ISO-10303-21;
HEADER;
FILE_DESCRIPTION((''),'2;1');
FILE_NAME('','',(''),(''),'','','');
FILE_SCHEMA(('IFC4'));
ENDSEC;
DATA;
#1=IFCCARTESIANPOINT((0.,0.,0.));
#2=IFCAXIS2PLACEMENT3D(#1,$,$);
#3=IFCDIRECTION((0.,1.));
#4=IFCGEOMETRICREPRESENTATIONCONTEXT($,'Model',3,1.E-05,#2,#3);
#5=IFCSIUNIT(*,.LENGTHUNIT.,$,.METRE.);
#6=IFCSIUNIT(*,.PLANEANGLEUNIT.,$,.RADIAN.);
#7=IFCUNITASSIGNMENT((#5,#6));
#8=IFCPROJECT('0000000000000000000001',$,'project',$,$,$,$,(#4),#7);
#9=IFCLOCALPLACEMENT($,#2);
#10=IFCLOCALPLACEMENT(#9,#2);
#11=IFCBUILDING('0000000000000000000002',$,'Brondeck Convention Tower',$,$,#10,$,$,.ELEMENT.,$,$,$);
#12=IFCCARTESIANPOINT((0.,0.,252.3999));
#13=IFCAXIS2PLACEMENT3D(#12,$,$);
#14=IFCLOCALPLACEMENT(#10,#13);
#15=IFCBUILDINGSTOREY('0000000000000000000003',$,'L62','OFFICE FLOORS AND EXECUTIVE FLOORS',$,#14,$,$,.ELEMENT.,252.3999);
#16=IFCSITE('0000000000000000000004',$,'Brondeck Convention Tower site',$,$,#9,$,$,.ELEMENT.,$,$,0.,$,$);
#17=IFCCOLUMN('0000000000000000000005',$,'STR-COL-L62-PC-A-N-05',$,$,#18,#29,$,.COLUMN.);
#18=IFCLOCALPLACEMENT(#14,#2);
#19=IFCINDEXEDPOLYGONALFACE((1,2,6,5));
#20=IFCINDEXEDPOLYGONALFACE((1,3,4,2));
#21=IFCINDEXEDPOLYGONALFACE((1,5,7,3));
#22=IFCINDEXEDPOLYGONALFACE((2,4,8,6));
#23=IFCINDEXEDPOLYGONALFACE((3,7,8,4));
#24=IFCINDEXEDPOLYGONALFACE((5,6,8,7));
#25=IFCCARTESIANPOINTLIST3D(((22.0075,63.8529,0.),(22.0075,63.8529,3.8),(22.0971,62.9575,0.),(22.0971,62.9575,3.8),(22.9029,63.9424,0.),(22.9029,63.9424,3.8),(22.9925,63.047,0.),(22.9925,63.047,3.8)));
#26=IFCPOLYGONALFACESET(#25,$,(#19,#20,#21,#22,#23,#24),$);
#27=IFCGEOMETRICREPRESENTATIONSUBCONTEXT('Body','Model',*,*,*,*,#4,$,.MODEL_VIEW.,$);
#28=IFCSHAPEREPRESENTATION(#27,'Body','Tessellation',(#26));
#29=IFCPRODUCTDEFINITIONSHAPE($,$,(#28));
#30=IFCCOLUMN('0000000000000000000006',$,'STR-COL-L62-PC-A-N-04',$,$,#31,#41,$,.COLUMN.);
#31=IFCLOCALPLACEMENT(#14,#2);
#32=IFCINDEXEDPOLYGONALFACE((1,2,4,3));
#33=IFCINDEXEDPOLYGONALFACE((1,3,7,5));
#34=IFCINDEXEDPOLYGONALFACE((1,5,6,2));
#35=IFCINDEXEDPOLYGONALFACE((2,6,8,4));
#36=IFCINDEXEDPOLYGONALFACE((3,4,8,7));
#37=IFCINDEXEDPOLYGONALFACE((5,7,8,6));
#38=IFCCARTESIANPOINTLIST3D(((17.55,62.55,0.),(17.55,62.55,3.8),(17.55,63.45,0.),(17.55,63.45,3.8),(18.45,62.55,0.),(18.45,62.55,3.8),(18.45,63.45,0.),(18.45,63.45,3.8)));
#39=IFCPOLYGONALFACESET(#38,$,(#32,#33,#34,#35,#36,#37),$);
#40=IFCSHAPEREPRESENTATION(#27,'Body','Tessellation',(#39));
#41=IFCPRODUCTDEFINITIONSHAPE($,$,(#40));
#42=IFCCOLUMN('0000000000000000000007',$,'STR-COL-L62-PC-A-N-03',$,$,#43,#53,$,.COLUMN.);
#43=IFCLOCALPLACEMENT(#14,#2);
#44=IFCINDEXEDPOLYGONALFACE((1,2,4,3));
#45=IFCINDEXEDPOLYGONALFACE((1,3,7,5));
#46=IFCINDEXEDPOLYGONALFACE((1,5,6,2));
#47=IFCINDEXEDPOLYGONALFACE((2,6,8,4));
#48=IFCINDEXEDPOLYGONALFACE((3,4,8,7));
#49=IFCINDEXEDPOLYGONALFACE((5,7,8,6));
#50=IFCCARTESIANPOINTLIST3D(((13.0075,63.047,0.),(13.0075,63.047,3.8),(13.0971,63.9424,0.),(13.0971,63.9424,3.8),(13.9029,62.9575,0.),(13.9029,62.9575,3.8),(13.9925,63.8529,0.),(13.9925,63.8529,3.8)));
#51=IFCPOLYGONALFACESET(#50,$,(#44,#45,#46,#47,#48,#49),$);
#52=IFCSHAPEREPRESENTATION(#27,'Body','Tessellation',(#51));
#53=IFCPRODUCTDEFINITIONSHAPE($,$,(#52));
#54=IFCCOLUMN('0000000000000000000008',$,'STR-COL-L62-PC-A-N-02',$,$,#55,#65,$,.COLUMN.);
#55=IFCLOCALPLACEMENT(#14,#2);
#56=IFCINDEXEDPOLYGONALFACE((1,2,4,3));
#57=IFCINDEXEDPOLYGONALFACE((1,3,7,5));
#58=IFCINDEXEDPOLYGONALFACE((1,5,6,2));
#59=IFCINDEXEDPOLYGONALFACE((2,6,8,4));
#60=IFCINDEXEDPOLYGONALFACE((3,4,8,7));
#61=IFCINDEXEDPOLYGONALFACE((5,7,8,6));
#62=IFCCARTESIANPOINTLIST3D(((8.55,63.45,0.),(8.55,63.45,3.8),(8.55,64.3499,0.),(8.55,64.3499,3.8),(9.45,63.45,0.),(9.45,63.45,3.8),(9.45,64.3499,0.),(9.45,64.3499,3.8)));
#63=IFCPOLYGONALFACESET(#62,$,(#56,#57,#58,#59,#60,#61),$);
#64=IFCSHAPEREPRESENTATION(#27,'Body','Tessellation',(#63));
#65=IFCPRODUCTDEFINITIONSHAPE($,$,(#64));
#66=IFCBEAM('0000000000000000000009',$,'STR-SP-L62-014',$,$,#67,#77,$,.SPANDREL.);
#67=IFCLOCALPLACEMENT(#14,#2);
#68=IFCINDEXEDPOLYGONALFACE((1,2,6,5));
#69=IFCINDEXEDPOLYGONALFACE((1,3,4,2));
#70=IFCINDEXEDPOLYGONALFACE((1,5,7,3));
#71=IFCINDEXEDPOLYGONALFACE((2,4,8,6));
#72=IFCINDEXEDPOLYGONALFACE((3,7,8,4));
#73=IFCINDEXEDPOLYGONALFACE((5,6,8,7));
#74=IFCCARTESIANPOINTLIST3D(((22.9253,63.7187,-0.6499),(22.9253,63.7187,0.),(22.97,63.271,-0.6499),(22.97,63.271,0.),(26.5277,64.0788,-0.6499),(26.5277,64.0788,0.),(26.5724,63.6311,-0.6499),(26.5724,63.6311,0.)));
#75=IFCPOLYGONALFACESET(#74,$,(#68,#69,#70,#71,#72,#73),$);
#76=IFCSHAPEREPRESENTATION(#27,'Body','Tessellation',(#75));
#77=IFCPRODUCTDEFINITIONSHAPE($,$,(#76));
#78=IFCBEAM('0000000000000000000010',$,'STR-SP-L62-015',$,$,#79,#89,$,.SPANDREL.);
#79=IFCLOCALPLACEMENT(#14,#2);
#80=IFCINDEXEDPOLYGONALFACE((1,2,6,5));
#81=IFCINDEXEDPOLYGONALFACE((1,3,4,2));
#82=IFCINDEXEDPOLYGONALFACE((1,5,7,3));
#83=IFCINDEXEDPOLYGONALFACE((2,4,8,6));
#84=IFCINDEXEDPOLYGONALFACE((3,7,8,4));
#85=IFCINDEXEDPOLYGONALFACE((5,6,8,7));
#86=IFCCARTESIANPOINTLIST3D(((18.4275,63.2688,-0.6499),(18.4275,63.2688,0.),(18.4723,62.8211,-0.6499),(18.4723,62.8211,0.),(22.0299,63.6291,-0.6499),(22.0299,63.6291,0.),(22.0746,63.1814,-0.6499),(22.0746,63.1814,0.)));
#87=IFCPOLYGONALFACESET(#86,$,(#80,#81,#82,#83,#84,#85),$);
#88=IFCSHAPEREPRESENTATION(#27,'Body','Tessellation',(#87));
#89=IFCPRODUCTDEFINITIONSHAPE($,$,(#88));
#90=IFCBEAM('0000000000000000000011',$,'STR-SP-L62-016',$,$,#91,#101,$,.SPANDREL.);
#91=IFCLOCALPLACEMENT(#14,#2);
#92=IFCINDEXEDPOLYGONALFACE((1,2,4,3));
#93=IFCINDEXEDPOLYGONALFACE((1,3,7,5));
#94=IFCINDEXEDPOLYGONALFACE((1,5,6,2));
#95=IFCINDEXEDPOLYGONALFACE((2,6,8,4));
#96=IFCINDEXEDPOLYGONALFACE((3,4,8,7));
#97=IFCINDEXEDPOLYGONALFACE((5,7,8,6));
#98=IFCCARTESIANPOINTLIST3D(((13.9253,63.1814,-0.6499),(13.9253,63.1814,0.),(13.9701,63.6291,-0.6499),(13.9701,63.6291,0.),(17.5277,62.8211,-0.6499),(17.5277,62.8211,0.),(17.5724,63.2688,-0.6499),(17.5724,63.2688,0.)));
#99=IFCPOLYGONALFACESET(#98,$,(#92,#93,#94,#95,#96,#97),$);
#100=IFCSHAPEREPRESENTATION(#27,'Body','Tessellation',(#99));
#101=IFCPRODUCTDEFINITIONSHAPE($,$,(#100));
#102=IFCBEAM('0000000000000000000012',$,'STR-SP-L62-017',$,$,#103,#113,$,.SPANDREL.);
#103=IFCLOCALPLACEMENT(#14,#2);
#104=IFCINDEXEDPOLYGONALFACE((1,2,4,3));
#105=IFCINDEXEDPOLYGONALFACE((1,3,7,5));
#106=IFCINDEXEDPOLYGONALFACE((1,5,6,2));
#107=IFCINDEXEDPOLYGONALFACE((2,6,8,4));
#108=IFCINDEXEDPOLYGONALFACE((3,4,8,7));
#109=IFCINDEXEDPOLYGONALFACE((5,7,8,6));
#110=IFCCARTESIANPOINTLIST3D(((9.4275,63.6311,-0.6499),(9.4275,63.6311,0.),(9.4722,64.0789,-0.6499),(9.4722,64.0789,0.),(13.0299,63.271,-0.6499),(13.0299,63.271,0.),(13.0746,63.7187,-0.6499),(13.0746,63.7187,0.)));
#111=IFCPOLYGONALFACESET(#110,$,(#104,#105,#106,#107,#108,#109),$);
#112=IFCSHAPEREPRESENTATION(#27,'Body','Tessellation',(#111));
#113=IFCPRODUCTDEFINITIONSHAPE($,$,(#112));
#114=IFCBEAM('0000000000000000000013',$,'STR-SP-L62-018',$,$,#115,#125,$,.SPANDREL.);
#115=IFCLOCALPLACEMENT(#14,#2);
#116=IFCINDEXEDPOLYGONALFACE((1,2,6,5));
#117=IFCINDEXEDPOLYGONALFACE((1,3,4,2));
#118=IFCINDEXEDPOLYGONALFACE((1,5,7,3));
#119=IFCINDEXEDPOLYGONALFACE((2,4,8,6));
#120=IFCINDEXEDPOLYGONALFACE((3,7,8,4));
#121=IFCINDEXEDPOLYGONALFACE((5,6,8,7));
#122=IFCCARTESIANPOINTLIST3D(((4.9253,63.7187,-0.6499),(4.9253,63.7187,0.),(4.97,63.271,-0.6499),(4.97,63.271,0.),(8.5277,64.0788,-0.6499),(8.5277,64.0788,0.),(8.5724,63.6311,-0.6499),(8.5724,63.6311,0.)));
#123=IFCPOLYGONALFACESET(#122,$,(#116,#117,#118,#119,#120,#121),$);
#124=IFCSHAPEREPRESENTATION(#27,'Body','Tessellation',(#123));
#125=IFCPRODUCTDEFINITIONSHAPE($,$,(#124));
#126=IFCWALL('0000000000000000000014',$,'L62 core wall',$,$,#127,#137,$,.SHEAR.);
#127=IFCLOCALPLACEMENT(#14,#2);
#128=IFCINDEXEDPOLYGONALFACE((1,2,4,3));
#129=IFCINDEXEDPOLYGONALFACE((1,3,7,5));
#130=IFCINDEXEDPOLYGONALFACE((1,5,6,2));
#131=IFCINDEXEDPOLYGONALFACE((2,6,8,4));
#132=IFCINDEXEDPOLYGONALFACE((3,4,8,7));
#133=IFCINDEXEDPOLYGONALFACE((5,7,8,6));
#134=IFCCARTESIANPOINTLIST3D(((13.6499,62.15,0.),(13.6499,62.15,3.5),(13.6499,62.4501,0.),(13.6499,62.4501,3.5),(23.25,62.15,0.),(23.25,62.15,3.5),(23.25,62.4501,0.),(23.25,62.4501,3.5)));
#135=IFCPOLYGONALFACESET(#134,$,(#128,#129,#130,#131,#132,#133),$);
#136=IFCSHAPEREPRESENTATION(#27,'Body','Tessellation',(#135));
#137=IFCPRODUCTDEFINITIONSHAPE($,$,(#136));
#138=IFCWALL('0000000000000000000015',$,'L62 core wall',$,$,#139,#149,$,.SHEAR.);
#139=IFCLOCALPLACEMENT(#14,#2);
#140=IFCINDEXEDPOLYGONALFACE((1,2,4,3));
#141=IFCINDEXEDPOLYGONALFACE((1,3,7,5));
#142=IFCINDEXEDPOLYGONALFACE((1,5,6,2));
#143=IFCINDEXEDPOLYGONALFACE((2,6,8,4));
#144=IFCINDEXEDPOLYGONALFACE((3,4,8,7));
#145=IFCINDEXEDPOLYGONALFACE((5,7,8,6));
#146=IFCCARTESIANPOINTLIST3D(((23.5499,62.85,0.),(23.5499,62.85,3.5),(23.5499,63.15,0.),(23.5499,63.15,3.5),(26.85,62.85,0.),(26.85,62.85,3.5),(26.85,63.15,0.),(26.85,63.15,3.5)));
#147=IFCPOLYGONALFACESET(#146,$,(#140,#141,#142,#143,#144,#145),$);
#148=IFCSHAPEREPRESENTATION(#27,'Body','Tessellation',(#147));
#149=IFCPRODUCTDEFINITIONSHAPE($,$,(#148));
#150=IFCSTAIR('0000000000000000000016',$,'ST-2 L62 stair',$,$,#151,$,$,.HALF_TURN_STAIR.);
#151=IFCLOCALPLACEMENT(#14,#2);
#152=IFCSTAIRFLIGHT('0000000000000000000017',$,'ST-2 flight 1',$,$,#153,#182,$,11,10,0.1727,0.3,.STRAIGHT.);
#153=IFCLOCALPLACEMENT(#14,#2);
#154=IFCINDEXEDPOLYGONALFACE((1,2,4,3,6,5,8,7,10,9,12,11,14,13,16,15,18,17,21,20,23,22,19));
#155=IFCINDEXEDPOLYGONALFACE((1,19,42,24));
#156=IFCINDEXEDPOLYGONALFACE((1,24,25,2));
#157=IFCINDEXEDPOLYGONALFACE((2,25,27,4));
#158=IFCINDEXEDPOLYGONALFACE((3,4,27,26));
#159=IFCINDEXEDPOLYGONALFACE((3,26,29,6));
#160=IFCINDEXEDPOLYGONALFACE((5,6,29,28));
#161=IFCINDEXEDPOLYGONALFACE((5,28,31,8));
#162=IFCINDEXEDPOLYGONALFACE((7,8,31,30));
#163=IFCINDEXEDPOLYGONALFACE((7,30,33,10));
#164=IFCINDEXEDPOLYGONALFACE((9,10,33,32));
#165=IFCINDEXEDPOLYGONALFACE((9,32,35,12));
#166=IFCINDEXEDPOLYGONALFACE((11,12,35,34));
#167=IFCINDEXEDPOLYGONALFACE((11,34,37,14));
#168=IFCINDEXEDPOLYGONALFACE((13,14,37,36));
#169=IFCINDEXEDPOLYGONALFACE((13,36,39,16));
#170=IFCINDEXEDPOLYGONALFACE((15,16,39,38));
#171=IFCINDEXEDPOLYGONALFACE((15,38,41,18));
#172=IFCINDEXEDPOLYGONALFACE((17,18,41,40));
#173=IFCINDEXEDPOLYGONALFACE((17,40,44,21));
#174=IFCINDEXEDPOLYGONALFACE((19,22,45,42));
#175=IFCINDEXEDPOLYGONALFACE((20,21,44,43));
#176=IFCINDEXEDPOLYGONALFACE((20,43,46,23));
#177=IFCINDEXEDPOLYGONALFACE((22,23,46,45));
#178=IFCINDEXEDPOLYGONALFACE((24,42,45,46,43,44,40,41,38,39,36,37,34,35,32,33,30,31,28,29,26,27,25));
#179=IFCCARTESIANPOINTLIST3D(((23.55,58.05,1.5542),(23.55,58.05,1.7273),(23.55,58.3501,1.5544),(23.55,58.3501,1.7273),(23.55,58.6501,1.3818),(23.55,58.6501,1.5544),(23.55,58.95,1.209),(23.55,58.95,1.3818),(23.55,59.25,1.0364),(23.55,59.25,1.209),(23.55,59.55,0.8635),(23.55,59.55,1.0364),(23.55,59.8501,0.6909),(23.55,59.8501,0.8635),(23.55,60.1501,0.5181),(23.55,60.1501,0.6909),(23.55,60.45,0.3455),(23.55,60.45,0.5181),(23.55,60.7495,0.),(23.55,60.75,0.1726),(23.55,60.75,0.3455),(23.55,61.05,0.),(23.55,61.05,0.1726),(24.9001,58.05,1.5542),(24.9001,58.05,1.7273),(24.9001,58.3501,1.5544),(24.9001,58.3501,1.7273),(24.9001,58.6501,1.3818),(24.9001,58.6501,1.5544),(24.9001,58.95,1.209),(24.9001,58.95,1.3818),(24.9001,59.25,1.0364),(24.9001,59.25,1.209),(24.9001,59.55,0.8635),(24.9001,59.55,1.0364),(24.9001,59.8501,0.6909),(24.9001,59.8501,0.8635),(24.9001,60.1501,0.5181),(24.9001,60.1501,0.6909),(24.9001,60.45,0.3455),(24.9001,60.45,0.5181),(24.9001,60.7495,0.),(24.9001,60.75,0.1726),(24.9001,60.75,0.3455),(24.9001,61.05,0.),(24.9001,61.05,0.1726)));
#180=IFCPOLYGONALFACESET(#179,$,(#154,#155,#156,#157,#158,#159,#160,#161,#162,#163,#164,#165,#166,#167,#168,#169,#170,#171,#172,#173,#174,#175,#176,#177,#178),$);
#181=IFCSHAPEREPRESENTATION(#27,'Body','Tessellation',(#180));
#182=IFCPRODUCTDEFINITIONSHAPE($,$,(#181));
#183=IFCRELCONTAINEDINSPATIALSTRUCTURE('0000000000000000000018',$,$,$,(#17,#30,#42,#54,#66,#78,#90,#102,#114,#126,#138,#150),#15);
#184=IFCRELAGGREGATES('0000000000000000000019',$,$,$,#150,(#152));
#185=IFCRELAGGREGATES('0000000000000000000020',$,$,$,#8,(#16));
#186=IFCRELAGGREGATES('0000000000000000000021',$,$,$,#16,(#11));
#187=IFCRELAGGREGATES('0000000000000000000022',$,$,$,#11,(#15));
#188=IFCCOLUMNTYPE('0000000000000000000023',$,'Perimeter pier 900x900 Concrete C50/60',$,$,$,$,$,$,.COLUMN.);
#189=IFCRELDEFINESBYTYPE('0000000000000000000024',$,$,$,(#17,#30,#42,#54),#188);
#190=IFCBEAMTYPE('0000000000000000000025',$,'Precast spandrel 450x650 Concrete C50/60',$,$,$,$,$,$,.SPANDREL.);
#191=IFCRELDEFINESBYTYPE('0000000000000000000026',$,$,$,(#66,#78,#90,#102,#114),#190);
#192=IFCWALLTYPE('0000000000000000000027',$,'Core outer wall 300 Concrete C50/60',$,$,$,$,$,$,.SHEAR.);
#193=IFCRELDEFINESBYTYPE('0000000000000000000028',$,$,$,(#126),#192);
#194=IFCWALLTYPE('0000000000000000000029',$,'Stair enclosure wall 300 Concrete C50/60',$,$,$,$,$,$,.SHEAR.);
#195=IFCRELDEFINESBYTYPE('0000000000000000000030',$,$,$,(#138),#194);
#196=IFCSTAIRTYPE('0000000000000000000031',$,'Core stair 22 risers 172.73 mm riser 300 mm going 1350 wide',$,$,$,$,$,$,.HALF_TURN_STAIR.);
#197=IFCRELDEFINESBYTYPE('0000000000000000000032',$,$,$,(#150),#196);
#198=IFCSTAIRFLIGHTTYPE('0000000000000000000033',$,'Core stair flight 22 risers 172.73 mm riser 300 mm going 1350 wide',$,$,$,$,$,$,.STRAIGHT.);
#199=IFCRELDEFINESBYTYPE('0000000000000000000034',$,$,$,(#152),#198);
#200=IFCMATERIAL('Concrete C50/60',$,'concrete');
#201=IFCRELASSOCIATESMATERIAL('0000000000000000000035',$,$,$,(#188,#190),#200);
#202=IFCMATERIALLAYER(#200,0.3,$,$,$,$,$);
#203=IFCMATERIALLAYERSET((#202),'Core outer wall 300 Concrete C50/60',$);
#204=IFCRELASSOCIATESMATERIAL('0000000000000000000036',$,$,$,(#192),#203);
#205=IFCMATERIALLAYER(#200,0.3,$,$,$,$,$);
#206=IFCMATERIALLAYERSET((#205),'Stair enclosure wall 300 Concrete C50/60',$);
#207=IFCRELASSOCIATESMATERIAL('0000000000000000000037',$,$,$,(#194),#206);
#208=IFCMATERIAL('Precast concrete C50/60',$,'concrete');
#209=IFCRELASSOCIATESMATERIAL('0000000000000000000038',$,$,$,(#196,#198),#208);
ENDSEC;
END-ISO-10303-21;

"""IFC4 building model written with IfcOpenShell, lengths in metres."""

from ifc_helpers import new_model, si_unit, direction, frame, frame_2d, origin, origin_2d, place, context, subcontext, project, spatial, polyline, rectangle, outline, extrude, material, layer, layer_set, material_profile, profile_set, type_object, element, aggregate, save


model = new_model("IFC4")

# Units and contexts
model_context = context("Model", 3, precision=1e-05, world=origin(), true_north=direction((0.0, 1.0)))
body_context = subcontext(model_context, "Body", "Model", "MODEL_VIEW")
ifc_project = project(units=[si_unit("LENGTHUNIT", "METRE"), si_unit("PLANEANGLEUNIT", "RADIAN")], contexts=[model_context])

# Site, building, storey
site_placement = place(None, origin())
site = spatial("IfcSite", under=ifc_project, at=site_placement, Name="Brondeck Convention Tower site", CompositionType="ELEMENT", RefElevation=0.0)
building_placement = place(site_placement, origin())
building = spatial("IfcBuilding", under=site, at=building_placement, Name="Brondeck Convention Tower", CompositionType="ELEMENT")
storey_placement = place(building_placement, frame((0.0, 0.0, 252.3999)))
storey = spatial("IfcBuildingStorey", under=building, at=storey_placement, Name="L62", Description="OFFICE FLOORS AND EXECUTIVE FLOORS", CompositionType="ELEMENT", Elevation=252.3999)

# Columns
ifc_material_1 = material(Name="Concrete C50/60", Category="concrete")
ifc_material_profile_1 = material_profile(ifc_material_1, rectangle(XDim=0.8999, YDim=0.8999, at=origin_2d()), Name="Perimeter pier 900x900 Concrete C50/60")
ifc_profile_set_1 = profile_set([ifc_material_profile_1], Name="Concrete C50/60")
column_type = type_object("IfcColumnType", Name="Perimeter pier 900x900 Concrete C50/60", PredefinedType="COLUMN", material=ifc_profile_set_1)
for number, where, z_axis, x_axis, name in (
    (1, (22.5, 63.45, 0.0), (0.0, 0.0, 1.0), (-0.995037, -0.099504, 0.0), "STR-COL-L62-PC-A-N-05"),
    (2, (18.0, 63.0, 0.0), (0.0, 0.0, 1.0), (-1.0, 0.0, 0.0), "STR-COL-L62-PC-A-N-04"),
    (3, (13.5, 63.45, 0.0), (0.0, 0.0, 1.0), (-0.995037, 0.099504, 0.0), "STR-COL-L62-PC-A-N-03"),
    (4, (9.0, 63.8999, 0.0), (0.0, 0.0, 1.0), (-1.0, 0.0, 0.0), "STR-COL-L62-PC-A-N-02"),
):
    element("IfcColumn", number, at=place(storey_placement, frame(where, z_axis=z_axis, x_axis=x_axis)), inside=storey, type_object=column_type, Name=name, PredefinedType="COLUMN", context=body_context, shape_type="SweptSolid", body=[
        extrude(rectangle(XDim=0.8999, YDim=0.8999, at=origin_2d()), origin(), (0.0, 0.0, 1.0), 3.8),
    ])

# Beams
ifc_material_profile_2 = material_profile(ifc_material_1, rectangle(XDim=0.45, YDim=0.6499, at=origin_2d()), Name="Precast spandrel 450x650 Concrete C50/60")
ifc_profile_set_2 = profile_set([ifc_material_profile_2], Name="Concrete C50/60")
beam_type = type_object("IfcBeamType", Name="Precast spandrel 450x650 Concrete C50/60", PredefinedType="SPANDREL", material=ifc_profile_set_2)
for number, where, z_axis, x_axis, name in (
    (5, (26.55, 63.855, -0.325), (-0.995041, -0.09947, 0.0), (0.09947, -0.995041, 0.0), "STR-SP-L62-014"),
    (6, (22.0522, 63.4053, -0.325), (-0.995034, -0.099537, 0.0), (0.099537, -0.995034, 0.0), "STR-SP-L62-015"),
    (7, (17.55, 63.0449, -0.325), (-0.995034, 0.099537, 0.0), (-0.099537, -0.995034, 0.0), "STR-SP-L62-016"),
    (8, (13.0522, 63.4949, -0.325), (-0.995041, 0.09947, 0.0), (-0.09947, -0.995041, 0.0), "STR-SP-L62-017"),
    (9, (8.55, 63.855, -0.325), (-0.995041, -0.09947, 0.0), (0.09947, -0.995041, 0.0), "STR-SP-L62-018"),
):
    element("IfcBeam", number, at=place(storey_placement, frame(where, z_axis=z_axis, x_axis=x_axis)), inside=storey, type_object=beam_type, Name=name, PredefinedType="SPANDREL", context=body_context, shape_type="SweptSolid", body=[
        extrude(rectangle(XDim=0.45, YDim=0.6499, at=origin_2d()), origin(), (0.0, 0.0, 1.0), 3.6204),
    ])

# Walls
ifc_layer_1 = layer(ifc_material_1, 0.3)
ifc_layer_set_1 = layer_set([ifc_layer_1], Name="Core outer wall 300 Concrete C50/60")
wall_type_1 = type_object("IfcWallType", Name="Core outer wall 300 Concrete C50/60", PredefinedType="SHEAR", material=ifc_layer_set_1)
wall_1_placement = place(storey_placement, frame((13.6499, 62.3, 0.0), z_axis=(0.0, 0.0, 1.0), x_axis=(1.0, 0.0, 0.0)))
element("IfcWall", 10, at=wall_1_placement, inside=storey, type_object=wall_type_1, Name="L62 core wall", PredefinedType="SHEAR", context=body_context, shape_type="SweptSolid", body=[
    extrude(rectangle(XDim=9.6001, YDim=0.3, at=frame_2d((4.8, 0.0))), origin(), (0.0, 0.0, 1.0), 3.5),
])
ifc_layer_2 = layer(ifc_material_1, 0.3)
ifc_layer_set_2 = layer_set([ifc_layer_2], Name="Stair enclosure wall 300 Concrete C50/60")
wall_type_2 = type_object("IfcWallType", Name="Stair enclosure wall 300 Concrete C50/60", PredefinedType="SHEAR", material=ifc_layer_set_2)
wall_2_placement = place(storey_placement, frame((23.55, 63.0, 0.0), z_axis=(0.0, 0.0, 1.0), x_axis=(1.0, 0.0, 0.0)))
element("IfcWall", 11, at=wall_2_placement, inside=storey, type_object=wall_type_2, Name="L62 core wall", PredefinedType="SHEAR", context=body_context, shape_type="SweptSolid", body=[
    extrude(rectangle(XDim=3.3, YDim=0.3, at=frame_2d((1.6499, 0.0))), origin(), (0.0, 0.0, 1.0), 3.5),
])

# Stair, stair flight
ifc_material_2 = material(Name="Precast concrete C50/60", Category="concrete")
stair_type = type_object("IfcStairType", Name="Core stair 22 risers 172.73 mm riser 300 mm going 1350 wide", PredefinedType="HALF_TURN_STAIR", material=ifc_material_2)
stair_1_placement = place(storey_placement, origin())
stair_1 = element("IfcStair", 12, at=stair_1_placement, inside=storey, type_object=stair_type, Name="ST-2 L62 stair", PredefinedType="HALF_TURN_STAIR")
stair_flight_type = type_object("IfcStairFlightType", Name="Core stair flight 22 risers 172.73 mm riser 300 mm going 1350 wide", PredefinedType="STRAIGHT", material=ifc_material_2)
stair_flight_1_placement = place(storey_placement, frame((24.2251, 61.05, 0.0), z_axis=(0.0, 0.0, 1.0), x_axis=(0.0, -1.0, 0.0)))
stair_flight_1 = element("IfcStairFlight", 13, at=stair_flight_1_placement, type_object=stair_flight_type, Name="ST-2 flight 1", NumberOfRisers=11, NumberOfTreads=10, PredefinedType="STRAIGHT", RiserHeight=0.1727, TreadLength=0.3, context=body_context, shape_type="SweptSolid", body=[
    extrude(outline(polyline([(0.0, 0.0), (0.0, 0.1726), (0.3, 0.1726), (0.3, 0.3455), (0.6001, 0.3455), (0.6001, 0.5181), (0.8999, 0.5181), (0.8999, 0.6909), (1.2, 0.6909), (1.2, 0.8635), (1.5, 0.8635), (1.5, 1.0364), (1.8, 1.0364), (1.8, 1.209), (2.1001, 1.209), (2.1001, 1.3818), (2.3999, 1.3818), (2.3999, 1.5544), (2.7, 1.5544), (2.7, 1.7273), (3.0, 1.7273), (3.0, 1.8999), (3.0, 1.5542), (0.3005, 0.0), (0.0, 0.0)])), frame((0.0, 0.675, 0.0), z_axis=(0.0, -1.0, 0.0), x_axis=(1.0, 0.0, 0.0)), (0.0, 0.0, 1.0), 1.3501),
])
aggregate(stair_1, [stair_flight_1])

save(model, "model.ifc")
